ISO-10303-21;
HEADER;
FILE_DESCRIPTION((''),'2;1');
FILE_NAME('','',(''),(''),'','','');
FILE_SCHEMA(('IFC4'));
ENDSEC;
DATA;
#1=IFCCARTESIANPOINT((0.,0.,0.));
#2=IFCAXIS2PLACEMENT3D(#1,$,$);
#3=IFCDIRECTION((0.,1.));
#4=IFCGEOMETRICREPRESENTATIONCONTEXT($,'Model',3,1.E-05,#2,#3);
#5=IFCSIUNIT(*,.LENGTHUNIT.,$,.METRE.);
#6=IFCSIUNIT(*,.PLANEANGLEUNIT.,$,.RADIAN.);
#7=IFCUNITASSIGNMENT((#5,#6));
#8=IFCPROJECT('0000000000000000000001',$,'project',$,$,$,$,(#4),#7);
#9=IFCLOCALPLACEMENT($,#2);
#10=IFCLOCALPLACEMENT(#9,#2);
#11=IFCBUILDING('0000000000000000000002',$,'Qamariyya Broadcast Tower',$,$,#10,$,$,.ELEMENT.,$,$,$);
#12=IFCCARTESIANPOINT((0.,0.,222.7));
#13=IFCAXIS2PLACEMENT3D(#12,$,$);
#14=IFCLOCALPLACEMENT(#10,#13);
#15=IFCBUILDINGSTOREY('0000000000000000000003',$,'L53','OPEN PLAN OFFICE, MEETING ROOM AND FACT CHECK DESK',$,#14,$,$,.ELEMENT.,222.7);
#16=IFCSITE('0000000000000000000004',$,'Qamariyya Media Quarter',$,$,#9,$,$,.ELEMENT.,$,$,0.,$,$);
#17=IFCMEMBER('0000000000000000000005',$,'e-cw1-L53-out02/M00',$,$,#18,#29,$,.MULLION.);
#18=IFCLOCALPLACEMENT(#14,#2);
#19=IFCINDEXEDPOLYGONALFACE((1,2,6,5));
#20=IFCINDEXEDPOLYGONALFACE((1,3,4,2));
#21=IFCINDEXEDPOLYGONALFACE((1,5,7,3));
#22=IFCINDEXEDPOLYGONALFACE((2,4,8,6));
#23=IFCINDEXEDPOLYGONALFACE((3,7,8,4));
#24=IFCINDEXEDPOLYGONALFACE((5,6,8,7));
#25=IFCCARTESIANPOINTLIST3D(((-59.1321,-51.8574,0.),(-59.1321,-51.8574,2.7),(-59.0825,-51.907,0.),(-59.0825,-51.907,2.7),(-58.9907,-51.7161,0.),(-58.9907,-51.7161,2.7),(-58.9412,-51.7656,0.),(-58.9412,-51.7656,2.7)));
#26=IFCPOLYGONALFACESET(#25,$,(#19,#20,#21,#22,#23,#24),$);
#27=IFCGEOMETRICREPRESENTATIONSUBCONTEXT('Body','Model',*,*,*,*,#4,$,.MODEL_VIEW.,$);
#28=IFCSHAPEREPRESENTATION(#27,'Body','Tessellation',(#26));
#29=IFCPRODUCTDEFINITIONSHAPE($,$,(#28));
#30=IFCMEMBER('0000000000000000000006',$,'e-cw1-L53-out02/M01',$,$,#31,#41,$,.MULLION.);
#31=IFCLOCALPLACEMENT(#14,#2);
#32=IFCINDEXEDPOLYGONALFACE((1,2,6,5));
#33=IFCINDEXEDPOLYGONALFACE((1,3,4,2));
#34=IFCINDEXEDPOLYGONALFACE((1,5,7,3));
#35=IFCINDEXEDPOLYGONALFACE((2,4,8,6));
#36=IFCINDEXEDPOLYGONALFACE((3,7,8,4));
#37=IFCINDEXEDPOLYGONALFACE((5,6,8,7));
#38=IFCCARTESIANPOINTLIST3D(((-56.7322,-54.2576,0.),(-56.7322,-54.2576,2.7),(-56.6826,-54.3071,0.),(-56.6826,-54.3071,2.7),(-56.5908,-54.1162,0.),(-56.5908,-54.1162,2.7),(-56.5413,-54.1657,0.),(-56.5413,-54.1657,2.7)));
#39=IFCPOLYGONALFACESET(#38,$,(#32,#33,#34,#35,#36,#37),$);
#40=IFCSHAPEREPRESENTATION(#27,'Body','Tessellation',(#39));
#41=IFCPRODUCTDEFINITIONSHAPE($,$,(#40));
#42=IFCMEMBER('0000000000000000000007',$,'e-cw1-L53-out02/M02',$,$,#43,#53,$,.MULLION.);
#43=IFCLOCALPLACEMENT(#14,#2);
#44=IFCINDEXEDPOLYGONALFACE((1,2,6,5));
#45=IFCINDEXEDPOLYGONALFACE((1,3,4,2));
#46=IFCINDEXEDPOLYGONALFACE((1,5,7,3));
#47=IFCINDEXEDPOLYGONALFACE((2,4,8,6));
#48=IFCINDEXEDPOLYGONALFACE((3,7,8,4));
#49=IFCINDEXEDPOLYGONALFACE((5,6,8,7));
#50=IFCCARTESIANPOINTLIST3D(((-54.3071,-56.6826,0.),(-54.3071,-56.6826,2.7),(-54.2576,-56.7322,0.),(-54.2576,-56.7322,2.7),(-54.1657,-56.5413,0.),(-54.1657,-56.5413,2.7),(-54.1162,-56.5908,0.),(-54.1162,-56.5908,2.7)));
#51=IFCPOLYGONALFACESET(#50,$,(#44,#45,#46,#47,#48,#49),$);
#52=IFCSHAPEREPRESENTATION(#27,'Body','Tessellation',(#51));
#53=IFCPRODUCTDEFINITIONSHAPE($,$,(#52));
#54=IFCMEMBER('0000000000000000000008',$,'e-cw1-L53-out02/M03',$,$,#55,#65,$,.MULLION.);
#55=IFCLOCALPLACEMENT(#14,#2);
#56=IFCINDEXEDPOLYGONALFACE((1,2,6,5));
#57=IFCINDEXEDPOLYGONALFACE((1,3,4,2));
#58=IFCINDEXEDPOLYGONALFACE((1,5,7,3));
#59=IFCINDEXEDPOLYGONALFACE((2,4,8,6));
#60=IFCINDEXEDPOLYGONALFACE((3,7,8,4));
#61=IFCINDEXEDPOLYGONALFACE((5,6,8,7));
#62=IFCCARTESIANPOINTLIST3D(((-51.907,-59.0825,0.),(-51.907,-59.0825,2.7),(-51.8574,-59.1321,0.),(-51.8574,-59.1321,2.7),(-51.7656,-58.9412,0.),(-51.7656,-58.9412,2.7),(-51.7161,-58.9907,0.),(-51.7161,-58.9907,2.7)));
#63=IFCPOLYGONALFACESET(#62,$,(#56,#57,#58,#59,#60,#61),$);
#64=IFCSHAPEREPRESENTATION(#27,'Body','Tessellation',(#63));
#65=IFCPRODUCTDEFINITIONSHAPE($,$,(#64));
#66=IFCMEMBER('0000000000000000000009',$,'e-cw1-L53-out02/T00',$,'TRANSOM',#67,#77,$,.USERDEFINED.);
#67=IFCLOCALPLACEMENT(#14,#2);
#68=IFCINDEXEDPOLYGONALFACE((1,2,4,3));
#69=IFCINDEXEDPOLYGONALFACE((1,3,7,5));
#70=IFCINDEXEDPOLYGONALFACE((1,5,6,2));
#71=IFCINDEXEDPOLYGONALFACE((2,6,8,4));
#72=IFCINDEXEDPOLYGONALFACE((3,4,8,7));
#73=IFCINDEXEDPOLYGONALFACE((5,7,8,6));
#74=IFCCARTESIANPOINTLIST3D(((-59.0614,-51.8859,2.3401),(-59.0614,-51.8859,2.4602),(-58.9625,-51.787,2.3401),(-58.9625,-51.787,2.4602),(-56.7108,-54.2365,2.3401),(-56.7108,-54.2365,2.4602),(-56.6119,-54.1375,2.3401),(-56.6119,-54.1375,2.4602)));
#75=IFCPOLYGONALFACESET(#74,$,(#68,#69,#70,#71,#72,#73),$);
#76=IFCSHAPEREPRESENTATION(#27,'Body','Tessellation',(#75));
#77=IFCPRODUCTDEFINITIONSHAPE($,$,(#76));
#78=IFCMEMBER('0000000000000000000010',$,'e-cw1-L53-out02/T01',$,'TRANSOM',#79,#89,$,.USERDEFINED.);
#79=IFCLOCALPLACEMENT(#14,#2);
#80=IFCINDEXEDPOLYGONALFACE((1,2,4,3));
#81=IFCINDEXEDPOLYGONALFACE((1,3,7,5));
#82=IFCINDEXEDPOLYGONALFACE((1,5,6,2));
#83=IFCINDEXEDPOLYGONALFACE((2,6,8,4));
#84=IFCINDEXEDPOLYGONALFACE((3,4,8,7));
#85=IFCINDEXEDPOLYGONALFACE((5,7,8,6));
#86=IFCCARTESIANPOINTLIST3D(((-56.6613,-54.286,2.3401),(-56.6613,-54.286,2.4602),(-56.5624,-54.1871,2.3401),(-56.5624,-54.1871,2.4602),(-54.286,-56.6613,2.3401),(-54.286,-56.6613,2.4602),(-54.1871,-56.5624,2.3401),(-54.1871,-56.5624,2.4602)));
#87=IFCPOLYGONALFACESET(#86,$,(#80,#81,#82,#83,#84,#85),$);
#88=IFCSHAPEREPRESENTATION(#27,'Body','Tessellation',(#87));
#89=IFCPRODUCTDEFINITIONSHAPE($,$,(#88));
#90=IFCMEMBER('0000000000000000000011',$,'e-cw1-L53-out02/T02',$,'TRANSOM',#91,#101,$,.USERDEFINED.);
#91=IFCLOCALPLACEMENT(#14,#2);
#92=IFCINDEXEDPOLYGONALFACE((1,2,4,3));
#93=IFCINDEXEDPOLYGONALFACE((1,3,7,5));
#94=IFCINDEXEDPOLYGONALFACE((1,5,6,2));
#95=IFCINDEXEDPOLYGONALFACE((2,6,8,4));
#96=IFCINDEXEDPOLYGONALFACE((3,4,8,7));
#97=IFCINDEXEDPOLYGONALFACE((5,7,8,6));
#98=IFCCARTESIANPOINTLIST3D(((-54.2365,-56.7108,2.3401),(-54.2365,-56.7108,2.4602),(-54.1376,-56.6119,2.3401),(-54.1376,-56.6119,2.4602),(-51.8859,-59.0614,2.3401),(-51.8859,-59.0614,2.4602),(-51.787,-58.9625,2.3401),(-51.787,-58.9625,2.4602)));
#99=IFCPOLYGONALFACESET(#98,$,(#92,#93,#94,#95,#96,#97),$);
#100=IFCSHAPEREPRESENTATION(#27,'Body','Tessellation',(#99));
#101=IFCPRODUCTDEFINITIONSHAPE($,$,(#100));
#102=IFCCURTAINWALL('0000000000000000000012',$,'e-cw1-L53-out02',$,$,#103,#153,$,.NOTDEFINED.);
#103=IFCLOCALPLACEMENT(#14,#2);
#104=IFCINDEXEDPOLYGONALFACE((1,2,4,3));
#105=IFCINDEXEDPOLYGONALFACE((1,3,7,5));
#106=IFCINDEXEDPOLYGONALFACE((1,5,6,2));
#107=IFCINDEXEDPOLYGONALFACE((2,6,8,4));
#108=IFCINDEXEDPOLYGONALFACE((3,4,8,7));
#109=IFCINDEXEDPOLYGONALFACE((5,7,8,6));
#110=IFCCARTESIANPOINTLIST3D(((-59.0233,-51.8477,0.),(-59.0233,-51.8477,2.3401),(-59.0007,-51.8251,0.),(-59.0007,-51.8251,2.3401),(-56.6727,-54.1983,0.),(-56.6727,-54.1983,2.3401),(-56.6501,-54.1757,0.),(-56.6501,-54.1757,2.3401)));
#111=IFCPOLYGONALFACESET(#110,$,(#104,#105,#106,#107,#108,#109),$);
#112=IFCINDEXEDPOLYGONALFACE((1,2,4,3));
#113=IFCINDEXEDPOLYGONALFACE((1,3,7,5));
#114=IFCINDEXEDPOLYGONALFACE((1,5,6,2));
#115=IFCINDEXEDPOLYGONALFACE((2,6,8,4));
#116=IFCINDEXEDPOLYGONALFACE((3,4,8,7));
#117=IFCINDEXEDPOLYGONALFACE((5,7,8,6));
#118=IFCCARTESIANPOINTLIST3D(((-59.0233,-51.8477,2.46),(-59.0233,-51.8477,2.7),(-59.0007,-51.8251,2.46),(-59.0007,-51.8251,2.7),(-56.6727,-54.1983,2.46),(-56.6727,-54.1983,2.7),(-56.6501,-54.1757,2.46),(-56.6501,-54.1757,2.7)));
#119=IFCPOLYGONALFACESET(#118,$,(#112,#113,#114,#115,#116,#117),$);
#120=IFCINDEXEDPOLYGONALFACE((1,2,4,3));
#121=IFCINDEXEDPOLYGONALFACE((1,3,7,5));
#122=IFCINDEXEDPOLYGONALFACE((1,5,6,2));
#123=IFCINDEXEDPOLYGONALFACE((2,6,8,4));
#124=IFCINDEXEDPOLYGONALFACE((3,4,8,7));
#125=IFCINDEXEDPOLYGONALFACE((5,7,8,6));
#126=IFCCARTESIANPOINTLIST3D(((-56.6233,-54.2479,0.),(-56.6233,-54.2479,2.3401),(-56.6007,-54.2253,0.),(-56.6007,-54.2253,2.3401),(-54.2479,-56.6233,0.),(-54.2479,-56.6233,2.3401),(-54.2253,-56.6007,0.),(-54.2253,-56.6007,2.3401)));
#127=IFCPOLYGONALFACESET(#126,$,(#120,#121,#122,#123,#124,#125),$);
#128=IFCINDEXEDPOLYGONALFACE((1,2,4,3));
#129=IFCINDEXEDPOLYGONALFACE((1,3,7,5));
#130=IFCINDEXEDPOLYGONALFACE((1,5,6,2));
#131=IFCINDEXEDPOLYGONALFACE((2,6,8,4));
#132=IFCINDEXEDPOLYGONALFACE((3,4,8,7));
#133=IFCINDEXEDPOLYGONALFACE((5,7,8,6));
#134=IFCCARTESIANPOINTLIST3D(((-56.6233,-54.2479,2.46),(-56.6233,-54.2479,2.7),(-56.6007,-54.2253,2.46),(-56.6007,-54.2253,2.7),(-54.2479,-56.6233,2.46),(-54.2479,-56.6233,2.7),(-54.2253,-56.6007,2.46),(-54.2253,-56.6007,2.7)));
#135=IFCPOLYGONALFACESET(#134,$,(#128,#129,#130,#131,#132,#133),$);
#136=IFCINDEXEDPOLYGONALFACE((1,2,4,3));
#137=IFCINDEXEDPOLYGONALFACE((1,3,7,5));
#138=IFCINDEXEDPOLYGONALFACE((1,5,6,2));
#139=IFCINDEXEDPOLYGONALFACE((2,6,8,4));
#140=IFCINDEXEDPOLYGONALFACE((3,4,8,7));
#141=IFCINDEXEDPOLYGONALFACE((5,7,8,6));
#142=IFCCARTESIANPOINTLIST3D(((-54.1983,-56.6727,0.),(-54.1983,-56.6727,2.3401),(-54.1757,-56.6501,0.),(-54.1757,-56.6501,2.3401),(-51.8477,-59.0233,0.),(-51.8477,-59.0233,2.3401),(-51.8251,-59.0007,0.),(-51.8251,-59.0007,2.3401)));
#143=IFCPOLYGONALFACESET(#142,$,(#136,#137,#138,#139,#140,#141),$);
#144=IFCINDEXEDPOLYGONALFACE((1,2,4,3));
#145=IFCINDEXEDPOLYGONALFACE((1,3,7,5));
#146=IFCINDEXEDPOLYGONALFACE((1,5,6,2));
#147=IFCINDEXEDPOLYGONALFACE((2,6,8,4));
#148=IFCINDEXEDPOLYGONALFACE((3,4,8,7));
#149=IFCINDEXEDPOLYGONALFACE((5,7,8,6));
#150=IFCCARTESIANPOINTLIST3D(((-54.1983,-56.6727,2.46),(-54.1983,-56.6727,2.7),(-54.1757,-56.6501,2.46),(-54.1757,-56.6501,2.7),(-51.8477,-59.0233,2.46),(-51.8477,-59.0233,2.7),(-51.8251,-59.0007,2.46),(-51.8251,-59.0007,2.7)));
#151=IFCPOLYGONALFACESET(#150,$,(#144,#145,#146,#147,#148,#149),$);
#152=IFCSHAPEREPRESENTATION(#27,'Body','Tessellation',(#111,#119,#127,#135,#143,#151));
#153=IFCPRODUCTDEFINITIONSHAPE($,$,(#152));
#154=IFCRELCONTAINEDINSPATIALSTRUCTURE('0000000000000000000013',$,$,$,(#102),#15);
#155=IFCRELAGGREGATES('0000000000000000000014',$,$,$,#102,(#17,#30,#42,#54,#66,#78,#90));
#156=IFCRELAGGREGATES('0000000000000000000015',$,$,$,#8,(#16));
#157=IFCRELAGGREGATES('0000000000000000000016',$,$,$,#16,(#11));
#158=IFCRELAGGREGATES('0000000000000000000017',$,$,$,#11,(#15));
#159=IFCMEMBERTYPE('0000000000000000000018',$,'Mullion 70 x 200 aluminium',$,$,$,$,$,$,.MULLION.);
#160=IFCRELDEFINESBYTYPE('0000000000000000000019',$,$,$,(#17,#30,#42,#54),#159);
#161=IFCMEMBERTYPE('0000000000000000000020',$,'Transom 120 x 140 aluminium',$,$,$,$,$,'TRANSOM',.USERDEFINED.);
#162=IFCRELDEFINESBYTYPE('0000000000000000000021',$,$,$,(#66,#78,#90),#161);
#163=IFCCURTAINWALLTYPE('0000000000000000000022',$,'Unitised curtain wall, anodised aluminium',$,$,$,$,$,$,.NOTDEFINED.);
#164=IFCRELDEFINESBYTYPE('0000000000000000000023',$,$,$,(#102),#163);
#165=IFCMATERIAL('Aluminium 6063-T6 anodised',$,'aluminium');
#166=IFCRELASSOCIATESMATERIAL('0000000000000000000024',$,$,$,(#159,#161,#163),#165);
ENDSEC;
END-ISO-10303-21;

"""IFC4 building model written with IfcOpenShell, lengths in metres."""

from ifc_helpers import new_model, si_unit, direction, frame, origin, origin_2d, place, context, subcontext, project, spatial, rectangle, extrude, material, material_profile, profile_set, type_object, element, aggregate, save


model = new_model("IFC4")

# Units and contexts
model_context = context("Model", 3, precision=1e-05, world=origin(), true_north=direction((0.0, 1.0)))
body_context = subcontext(model_context, "Body", "Model", "MODEL_VIEW")
ifc_project = project(units=[si_unit("LENGTHUNIT", "METRE"), si_unit("PLANEANGLEUNIT", "RADIAN")], contexts=[model_context])

# Members
ifc_material_1 = material(Name="Aluminium 6063-T6 anodised", Category="aluminium")
ifc_material_profile_1 = material_profile(ifc_material_1, rectangle(XDim=0.2, YDim=0.0701, at=origin_2d()))
ifc_profile_set_1 = profile_set([ifc_material_profile_1], Name="Aluminium 6063-T6 anodised")
member_type_1 = type_object("IfcMemberType", Name="Mullion 70 x 200 aluminium", PredefinedType="MULLION", material=ifc_profile_set_1)
site_placement = place(None, origin())
building_placement = place(site_placement, origin())
storey_placement = place(building_placement, frame((0.0, 0.0, 222.7)))
member_1_placement = place(storey_placement, frame((-59.0366, -51.8115, 0.0), z_axis=(0.0, 0.0, 1.0), x_axis=(0.707107, 0.707107, 0.0)))
member_1 = element("IfcMember", 1, at=member_1_placement, type_object=member_type_1, Name="e-cw1-L53-out02/M00", PredefinedType="MULLION", context=body_context, shape_type="SweptSolid", body=[
    extrude(rectangle(XDim=0.2, YDim=0.0701, at=origin_2d()), origin(), (0.0, 0.0, 1.0), 2.7),
])
member_2_placement = place(storey_placement, frame((-56.6367, -54.2117, 0.0), z_axis=(0.0, 0.0, 1.0), x_axis=(0.707107, 0.707107, 0.0)))
member_2 = element("IfcMember", 2, at=member_2_placement, type_object=member_type_1, Name="e-cw1-L53-out02/M01", PredefinedType="MULLION", context=body_context, shape_type="SweptSolid", body=[
    extrude(rectangle(XDim=0.2, YDim=0.0701, at=origin_2d()), origin(), (0.0, 0.0, 1.0), 2.7),
])
member_3_placement = place(storey_placement, frame((-54.2117, -56.6367, 0.0), z_axis=(0.0, 0.0, 1.0), x_axis=(0.707107, 0.707107, 0.0)))
member_3 = element("IfcMember", 3, at=member_3_placement, type_object=member_type_1, Name="e-cw1-L53-out02/M02", PredefinedType="MULLION", context=body_context, shape_type="SweptSolid", body=[
    extrude(rectangle(XDim=0.2, YDim=0.0701, at=origin_2d()), origin(), (0.0, 0.0, 1.0), 2.7),
])
member_4_placement = place(storey_placement, frame((-51.8115, -59.0366, 0.0), z_axis=(0.0, 0.0, 1.0), x_axis=(0.707107, 0.707107, 0.0)))
member_4 = element("IfcMember", 4, at=member_4_placement, type_object=member_type_1, Name="e-cw1-L53-out02/M03", PredefinedType="MULLION", context=body_context, shape_type="SweptSolid", body=[
    extrude(rectangle(XDim=0.2, YDim=0.0701, at=origin_2d()), origin(), (0.0, 0.0, 1.0), 2.7),
])
ifc_material_profile_2 = material_profile(ifc_material_1, rectangle(XDim=0.1399, YDim=0.1201, at=origin_2d()))
ifc_profile_set_2 = profile_set([ifc_material_profile_2], Name="Aluminium 6063-T6 anodised")
member_type_2 = type_object("IfcMemberType", Name="Transom 120 x 140 aluminium", ElementType="TRANSOM", PredefinedType="USERDEFINED", material=ifc_profile_set_2)
member_5_placement = place(storey_placement, frame((-59.012, -51.8364, 2.4001), z_axis=(0.707107, -0.707107, 0.0), x_axis=(0.707107, 0.707107, 0.0)))
member_5 = element("IfcMember", 5, at=member_5_placement, type_object=member_type_2, Name="e-cw1-L53-out02/T00", ObjectType="TRANSOM", PredefinedType="USERDEFINED", context=body_context, shape_type="SweptSolid", body=[
    extrude(rectangle(XDim=0.1399, YDim=0.1201, at=origin_2d()), origin(), (0.0, 0.0, 1.0), 3.3242),
])
member_6_placement = place(storey_placement, frame((-56.6118, -54.2366, 2.4001), z_axis=(0.707107, -0.707107, 0.0), x_axis=(0.707107, 0.707107, 0.0)))
member_6 = element("IfcMember", 6, at=member_6_placement, type_object=member_type_2, Name="e-cw1-L53-out02/T01", ObjectType="TRANSOM", PredefinedType="USERDEFINED", context=body_context, shape_type="SweptSolid", body=[
    extrude(rectangle(XDim=0.1399, YDim=0.1201, at=origin_2d()), origin(), (0.0, 0.0, 1.0), 3.3591),
])
member_7_placement = place(storey_placement, frame((-54.187, -56.6614, 2.4001), z_axis=(0.707107, -0.707107, 0.0), x_axis=(0.707107, 0.707107, 0.0)))
member_7 = element("IfcMember", 7, at=member_7_placement, type_object=member_type_2, Name="e-cw1-L53-out02/T02", ObjectType="TRANSOM", PredefinedType="USERDEFINED", context=body_context, shape_type="SweptSolid", body=[
    extrude(rectangle(XDim=0.1399, YDim=0.1201, at=origin_2d()), origin(), (0.0, 0.0, 1.0), 3.3242),
])

# Site, building, storey
site = spatial("IfcSite", under=ifc_project, at=site_placement, Name="Qamariyya Media Quarter", CompositionType="ELEMENT", RefElevation=0.0)
building = spatial("IfcBuilding", under=site, at=building_placement, Name="Qamariyya Broadcast Tower", CompositionType="ELEMENT")
storey = spatial("IfcBuildingStorey", under=building, at=storey_placement, Name="L53", Description="OPEN PLAN OFFICE, MEETING ROOM AND FACT CHECK DESK", CompositionType="ELEMENT", Elevation=222.7)

# Curtain wall
curtain_wall_type = type_object("IfcCurtainWallType", Name="Unitised curtain wall, anodised aluminium", PredefinedType="NOTDEFINED", material=ifc_material_1)
curtain_wall_1_placement = place(storey_placement, origin())
curtain_wall_1 = element("IfcCurtainWall", 8, at=curtain_wall_1_placement, inside=storey, type_object=curtain_wall_type, Name="e-cw1-L53-out02", PredefinedType="NOTDEFINED", context=body_context, shape_type="SweptSolid", body=[
    extrude(rectangle(XDim=3.3242, YDim=0.032, at=origin_2d()), frame((-57.8367, -53.0117, 0.0), x_axis=(0.707107, -0.707107, 0.0)), (0.0, 0.0, 1.0), 2.3401),
    extrude(rectangle(XDim=3.3242, YDim=0.032, at=origin_2d()), frame((-57.8367, -53.0117, 2.46), x_axis=(0.707107, -0.707107, 0.0)), (0.0, 0.0, 1.0), 0.24),
    extrude(rectangle(XDim=3.3594, YDim=0.032, at=origin_2d()), frame((-55.4243, -55.4243, 0.0), x_axis=(0.707107, -0.707107, 0.0)), (0.0, 0.0, 1.0), 2.3401),
    extrude(rectangle(XDim=3.3594, YDim=0.032, at=origin_2d()), frame((-55.4243, -55.4243, 2.46), x_axis=(0.707107, -0.707107, 0.0)), (0.0, 0.0, 1.0), 0.24),
    extrude(rectangle(XDim=3.3242, YDim=0.032, at=origin_2d()), frame((-53.0117, -57.8367, 0.0), x_axis=(0.707107, -0.707107, 0.0)), (0.0, 0.0, 1.0), 2.3401),
    extrude(rectangle(XDim=3.3242, YDim=0.032, at=origin_2d()), frame((-53.0117, -57.8367, 2.46), x_axis=(0.707107, -0.707107, 0.0)), (0.0, 0.0, 1.0), 0.24),
])
aggregate(curtain_wall_1, [member_1, member_2, member_3, member_4, member_5, member_6, member_7])

save(model, "model.ifc")
